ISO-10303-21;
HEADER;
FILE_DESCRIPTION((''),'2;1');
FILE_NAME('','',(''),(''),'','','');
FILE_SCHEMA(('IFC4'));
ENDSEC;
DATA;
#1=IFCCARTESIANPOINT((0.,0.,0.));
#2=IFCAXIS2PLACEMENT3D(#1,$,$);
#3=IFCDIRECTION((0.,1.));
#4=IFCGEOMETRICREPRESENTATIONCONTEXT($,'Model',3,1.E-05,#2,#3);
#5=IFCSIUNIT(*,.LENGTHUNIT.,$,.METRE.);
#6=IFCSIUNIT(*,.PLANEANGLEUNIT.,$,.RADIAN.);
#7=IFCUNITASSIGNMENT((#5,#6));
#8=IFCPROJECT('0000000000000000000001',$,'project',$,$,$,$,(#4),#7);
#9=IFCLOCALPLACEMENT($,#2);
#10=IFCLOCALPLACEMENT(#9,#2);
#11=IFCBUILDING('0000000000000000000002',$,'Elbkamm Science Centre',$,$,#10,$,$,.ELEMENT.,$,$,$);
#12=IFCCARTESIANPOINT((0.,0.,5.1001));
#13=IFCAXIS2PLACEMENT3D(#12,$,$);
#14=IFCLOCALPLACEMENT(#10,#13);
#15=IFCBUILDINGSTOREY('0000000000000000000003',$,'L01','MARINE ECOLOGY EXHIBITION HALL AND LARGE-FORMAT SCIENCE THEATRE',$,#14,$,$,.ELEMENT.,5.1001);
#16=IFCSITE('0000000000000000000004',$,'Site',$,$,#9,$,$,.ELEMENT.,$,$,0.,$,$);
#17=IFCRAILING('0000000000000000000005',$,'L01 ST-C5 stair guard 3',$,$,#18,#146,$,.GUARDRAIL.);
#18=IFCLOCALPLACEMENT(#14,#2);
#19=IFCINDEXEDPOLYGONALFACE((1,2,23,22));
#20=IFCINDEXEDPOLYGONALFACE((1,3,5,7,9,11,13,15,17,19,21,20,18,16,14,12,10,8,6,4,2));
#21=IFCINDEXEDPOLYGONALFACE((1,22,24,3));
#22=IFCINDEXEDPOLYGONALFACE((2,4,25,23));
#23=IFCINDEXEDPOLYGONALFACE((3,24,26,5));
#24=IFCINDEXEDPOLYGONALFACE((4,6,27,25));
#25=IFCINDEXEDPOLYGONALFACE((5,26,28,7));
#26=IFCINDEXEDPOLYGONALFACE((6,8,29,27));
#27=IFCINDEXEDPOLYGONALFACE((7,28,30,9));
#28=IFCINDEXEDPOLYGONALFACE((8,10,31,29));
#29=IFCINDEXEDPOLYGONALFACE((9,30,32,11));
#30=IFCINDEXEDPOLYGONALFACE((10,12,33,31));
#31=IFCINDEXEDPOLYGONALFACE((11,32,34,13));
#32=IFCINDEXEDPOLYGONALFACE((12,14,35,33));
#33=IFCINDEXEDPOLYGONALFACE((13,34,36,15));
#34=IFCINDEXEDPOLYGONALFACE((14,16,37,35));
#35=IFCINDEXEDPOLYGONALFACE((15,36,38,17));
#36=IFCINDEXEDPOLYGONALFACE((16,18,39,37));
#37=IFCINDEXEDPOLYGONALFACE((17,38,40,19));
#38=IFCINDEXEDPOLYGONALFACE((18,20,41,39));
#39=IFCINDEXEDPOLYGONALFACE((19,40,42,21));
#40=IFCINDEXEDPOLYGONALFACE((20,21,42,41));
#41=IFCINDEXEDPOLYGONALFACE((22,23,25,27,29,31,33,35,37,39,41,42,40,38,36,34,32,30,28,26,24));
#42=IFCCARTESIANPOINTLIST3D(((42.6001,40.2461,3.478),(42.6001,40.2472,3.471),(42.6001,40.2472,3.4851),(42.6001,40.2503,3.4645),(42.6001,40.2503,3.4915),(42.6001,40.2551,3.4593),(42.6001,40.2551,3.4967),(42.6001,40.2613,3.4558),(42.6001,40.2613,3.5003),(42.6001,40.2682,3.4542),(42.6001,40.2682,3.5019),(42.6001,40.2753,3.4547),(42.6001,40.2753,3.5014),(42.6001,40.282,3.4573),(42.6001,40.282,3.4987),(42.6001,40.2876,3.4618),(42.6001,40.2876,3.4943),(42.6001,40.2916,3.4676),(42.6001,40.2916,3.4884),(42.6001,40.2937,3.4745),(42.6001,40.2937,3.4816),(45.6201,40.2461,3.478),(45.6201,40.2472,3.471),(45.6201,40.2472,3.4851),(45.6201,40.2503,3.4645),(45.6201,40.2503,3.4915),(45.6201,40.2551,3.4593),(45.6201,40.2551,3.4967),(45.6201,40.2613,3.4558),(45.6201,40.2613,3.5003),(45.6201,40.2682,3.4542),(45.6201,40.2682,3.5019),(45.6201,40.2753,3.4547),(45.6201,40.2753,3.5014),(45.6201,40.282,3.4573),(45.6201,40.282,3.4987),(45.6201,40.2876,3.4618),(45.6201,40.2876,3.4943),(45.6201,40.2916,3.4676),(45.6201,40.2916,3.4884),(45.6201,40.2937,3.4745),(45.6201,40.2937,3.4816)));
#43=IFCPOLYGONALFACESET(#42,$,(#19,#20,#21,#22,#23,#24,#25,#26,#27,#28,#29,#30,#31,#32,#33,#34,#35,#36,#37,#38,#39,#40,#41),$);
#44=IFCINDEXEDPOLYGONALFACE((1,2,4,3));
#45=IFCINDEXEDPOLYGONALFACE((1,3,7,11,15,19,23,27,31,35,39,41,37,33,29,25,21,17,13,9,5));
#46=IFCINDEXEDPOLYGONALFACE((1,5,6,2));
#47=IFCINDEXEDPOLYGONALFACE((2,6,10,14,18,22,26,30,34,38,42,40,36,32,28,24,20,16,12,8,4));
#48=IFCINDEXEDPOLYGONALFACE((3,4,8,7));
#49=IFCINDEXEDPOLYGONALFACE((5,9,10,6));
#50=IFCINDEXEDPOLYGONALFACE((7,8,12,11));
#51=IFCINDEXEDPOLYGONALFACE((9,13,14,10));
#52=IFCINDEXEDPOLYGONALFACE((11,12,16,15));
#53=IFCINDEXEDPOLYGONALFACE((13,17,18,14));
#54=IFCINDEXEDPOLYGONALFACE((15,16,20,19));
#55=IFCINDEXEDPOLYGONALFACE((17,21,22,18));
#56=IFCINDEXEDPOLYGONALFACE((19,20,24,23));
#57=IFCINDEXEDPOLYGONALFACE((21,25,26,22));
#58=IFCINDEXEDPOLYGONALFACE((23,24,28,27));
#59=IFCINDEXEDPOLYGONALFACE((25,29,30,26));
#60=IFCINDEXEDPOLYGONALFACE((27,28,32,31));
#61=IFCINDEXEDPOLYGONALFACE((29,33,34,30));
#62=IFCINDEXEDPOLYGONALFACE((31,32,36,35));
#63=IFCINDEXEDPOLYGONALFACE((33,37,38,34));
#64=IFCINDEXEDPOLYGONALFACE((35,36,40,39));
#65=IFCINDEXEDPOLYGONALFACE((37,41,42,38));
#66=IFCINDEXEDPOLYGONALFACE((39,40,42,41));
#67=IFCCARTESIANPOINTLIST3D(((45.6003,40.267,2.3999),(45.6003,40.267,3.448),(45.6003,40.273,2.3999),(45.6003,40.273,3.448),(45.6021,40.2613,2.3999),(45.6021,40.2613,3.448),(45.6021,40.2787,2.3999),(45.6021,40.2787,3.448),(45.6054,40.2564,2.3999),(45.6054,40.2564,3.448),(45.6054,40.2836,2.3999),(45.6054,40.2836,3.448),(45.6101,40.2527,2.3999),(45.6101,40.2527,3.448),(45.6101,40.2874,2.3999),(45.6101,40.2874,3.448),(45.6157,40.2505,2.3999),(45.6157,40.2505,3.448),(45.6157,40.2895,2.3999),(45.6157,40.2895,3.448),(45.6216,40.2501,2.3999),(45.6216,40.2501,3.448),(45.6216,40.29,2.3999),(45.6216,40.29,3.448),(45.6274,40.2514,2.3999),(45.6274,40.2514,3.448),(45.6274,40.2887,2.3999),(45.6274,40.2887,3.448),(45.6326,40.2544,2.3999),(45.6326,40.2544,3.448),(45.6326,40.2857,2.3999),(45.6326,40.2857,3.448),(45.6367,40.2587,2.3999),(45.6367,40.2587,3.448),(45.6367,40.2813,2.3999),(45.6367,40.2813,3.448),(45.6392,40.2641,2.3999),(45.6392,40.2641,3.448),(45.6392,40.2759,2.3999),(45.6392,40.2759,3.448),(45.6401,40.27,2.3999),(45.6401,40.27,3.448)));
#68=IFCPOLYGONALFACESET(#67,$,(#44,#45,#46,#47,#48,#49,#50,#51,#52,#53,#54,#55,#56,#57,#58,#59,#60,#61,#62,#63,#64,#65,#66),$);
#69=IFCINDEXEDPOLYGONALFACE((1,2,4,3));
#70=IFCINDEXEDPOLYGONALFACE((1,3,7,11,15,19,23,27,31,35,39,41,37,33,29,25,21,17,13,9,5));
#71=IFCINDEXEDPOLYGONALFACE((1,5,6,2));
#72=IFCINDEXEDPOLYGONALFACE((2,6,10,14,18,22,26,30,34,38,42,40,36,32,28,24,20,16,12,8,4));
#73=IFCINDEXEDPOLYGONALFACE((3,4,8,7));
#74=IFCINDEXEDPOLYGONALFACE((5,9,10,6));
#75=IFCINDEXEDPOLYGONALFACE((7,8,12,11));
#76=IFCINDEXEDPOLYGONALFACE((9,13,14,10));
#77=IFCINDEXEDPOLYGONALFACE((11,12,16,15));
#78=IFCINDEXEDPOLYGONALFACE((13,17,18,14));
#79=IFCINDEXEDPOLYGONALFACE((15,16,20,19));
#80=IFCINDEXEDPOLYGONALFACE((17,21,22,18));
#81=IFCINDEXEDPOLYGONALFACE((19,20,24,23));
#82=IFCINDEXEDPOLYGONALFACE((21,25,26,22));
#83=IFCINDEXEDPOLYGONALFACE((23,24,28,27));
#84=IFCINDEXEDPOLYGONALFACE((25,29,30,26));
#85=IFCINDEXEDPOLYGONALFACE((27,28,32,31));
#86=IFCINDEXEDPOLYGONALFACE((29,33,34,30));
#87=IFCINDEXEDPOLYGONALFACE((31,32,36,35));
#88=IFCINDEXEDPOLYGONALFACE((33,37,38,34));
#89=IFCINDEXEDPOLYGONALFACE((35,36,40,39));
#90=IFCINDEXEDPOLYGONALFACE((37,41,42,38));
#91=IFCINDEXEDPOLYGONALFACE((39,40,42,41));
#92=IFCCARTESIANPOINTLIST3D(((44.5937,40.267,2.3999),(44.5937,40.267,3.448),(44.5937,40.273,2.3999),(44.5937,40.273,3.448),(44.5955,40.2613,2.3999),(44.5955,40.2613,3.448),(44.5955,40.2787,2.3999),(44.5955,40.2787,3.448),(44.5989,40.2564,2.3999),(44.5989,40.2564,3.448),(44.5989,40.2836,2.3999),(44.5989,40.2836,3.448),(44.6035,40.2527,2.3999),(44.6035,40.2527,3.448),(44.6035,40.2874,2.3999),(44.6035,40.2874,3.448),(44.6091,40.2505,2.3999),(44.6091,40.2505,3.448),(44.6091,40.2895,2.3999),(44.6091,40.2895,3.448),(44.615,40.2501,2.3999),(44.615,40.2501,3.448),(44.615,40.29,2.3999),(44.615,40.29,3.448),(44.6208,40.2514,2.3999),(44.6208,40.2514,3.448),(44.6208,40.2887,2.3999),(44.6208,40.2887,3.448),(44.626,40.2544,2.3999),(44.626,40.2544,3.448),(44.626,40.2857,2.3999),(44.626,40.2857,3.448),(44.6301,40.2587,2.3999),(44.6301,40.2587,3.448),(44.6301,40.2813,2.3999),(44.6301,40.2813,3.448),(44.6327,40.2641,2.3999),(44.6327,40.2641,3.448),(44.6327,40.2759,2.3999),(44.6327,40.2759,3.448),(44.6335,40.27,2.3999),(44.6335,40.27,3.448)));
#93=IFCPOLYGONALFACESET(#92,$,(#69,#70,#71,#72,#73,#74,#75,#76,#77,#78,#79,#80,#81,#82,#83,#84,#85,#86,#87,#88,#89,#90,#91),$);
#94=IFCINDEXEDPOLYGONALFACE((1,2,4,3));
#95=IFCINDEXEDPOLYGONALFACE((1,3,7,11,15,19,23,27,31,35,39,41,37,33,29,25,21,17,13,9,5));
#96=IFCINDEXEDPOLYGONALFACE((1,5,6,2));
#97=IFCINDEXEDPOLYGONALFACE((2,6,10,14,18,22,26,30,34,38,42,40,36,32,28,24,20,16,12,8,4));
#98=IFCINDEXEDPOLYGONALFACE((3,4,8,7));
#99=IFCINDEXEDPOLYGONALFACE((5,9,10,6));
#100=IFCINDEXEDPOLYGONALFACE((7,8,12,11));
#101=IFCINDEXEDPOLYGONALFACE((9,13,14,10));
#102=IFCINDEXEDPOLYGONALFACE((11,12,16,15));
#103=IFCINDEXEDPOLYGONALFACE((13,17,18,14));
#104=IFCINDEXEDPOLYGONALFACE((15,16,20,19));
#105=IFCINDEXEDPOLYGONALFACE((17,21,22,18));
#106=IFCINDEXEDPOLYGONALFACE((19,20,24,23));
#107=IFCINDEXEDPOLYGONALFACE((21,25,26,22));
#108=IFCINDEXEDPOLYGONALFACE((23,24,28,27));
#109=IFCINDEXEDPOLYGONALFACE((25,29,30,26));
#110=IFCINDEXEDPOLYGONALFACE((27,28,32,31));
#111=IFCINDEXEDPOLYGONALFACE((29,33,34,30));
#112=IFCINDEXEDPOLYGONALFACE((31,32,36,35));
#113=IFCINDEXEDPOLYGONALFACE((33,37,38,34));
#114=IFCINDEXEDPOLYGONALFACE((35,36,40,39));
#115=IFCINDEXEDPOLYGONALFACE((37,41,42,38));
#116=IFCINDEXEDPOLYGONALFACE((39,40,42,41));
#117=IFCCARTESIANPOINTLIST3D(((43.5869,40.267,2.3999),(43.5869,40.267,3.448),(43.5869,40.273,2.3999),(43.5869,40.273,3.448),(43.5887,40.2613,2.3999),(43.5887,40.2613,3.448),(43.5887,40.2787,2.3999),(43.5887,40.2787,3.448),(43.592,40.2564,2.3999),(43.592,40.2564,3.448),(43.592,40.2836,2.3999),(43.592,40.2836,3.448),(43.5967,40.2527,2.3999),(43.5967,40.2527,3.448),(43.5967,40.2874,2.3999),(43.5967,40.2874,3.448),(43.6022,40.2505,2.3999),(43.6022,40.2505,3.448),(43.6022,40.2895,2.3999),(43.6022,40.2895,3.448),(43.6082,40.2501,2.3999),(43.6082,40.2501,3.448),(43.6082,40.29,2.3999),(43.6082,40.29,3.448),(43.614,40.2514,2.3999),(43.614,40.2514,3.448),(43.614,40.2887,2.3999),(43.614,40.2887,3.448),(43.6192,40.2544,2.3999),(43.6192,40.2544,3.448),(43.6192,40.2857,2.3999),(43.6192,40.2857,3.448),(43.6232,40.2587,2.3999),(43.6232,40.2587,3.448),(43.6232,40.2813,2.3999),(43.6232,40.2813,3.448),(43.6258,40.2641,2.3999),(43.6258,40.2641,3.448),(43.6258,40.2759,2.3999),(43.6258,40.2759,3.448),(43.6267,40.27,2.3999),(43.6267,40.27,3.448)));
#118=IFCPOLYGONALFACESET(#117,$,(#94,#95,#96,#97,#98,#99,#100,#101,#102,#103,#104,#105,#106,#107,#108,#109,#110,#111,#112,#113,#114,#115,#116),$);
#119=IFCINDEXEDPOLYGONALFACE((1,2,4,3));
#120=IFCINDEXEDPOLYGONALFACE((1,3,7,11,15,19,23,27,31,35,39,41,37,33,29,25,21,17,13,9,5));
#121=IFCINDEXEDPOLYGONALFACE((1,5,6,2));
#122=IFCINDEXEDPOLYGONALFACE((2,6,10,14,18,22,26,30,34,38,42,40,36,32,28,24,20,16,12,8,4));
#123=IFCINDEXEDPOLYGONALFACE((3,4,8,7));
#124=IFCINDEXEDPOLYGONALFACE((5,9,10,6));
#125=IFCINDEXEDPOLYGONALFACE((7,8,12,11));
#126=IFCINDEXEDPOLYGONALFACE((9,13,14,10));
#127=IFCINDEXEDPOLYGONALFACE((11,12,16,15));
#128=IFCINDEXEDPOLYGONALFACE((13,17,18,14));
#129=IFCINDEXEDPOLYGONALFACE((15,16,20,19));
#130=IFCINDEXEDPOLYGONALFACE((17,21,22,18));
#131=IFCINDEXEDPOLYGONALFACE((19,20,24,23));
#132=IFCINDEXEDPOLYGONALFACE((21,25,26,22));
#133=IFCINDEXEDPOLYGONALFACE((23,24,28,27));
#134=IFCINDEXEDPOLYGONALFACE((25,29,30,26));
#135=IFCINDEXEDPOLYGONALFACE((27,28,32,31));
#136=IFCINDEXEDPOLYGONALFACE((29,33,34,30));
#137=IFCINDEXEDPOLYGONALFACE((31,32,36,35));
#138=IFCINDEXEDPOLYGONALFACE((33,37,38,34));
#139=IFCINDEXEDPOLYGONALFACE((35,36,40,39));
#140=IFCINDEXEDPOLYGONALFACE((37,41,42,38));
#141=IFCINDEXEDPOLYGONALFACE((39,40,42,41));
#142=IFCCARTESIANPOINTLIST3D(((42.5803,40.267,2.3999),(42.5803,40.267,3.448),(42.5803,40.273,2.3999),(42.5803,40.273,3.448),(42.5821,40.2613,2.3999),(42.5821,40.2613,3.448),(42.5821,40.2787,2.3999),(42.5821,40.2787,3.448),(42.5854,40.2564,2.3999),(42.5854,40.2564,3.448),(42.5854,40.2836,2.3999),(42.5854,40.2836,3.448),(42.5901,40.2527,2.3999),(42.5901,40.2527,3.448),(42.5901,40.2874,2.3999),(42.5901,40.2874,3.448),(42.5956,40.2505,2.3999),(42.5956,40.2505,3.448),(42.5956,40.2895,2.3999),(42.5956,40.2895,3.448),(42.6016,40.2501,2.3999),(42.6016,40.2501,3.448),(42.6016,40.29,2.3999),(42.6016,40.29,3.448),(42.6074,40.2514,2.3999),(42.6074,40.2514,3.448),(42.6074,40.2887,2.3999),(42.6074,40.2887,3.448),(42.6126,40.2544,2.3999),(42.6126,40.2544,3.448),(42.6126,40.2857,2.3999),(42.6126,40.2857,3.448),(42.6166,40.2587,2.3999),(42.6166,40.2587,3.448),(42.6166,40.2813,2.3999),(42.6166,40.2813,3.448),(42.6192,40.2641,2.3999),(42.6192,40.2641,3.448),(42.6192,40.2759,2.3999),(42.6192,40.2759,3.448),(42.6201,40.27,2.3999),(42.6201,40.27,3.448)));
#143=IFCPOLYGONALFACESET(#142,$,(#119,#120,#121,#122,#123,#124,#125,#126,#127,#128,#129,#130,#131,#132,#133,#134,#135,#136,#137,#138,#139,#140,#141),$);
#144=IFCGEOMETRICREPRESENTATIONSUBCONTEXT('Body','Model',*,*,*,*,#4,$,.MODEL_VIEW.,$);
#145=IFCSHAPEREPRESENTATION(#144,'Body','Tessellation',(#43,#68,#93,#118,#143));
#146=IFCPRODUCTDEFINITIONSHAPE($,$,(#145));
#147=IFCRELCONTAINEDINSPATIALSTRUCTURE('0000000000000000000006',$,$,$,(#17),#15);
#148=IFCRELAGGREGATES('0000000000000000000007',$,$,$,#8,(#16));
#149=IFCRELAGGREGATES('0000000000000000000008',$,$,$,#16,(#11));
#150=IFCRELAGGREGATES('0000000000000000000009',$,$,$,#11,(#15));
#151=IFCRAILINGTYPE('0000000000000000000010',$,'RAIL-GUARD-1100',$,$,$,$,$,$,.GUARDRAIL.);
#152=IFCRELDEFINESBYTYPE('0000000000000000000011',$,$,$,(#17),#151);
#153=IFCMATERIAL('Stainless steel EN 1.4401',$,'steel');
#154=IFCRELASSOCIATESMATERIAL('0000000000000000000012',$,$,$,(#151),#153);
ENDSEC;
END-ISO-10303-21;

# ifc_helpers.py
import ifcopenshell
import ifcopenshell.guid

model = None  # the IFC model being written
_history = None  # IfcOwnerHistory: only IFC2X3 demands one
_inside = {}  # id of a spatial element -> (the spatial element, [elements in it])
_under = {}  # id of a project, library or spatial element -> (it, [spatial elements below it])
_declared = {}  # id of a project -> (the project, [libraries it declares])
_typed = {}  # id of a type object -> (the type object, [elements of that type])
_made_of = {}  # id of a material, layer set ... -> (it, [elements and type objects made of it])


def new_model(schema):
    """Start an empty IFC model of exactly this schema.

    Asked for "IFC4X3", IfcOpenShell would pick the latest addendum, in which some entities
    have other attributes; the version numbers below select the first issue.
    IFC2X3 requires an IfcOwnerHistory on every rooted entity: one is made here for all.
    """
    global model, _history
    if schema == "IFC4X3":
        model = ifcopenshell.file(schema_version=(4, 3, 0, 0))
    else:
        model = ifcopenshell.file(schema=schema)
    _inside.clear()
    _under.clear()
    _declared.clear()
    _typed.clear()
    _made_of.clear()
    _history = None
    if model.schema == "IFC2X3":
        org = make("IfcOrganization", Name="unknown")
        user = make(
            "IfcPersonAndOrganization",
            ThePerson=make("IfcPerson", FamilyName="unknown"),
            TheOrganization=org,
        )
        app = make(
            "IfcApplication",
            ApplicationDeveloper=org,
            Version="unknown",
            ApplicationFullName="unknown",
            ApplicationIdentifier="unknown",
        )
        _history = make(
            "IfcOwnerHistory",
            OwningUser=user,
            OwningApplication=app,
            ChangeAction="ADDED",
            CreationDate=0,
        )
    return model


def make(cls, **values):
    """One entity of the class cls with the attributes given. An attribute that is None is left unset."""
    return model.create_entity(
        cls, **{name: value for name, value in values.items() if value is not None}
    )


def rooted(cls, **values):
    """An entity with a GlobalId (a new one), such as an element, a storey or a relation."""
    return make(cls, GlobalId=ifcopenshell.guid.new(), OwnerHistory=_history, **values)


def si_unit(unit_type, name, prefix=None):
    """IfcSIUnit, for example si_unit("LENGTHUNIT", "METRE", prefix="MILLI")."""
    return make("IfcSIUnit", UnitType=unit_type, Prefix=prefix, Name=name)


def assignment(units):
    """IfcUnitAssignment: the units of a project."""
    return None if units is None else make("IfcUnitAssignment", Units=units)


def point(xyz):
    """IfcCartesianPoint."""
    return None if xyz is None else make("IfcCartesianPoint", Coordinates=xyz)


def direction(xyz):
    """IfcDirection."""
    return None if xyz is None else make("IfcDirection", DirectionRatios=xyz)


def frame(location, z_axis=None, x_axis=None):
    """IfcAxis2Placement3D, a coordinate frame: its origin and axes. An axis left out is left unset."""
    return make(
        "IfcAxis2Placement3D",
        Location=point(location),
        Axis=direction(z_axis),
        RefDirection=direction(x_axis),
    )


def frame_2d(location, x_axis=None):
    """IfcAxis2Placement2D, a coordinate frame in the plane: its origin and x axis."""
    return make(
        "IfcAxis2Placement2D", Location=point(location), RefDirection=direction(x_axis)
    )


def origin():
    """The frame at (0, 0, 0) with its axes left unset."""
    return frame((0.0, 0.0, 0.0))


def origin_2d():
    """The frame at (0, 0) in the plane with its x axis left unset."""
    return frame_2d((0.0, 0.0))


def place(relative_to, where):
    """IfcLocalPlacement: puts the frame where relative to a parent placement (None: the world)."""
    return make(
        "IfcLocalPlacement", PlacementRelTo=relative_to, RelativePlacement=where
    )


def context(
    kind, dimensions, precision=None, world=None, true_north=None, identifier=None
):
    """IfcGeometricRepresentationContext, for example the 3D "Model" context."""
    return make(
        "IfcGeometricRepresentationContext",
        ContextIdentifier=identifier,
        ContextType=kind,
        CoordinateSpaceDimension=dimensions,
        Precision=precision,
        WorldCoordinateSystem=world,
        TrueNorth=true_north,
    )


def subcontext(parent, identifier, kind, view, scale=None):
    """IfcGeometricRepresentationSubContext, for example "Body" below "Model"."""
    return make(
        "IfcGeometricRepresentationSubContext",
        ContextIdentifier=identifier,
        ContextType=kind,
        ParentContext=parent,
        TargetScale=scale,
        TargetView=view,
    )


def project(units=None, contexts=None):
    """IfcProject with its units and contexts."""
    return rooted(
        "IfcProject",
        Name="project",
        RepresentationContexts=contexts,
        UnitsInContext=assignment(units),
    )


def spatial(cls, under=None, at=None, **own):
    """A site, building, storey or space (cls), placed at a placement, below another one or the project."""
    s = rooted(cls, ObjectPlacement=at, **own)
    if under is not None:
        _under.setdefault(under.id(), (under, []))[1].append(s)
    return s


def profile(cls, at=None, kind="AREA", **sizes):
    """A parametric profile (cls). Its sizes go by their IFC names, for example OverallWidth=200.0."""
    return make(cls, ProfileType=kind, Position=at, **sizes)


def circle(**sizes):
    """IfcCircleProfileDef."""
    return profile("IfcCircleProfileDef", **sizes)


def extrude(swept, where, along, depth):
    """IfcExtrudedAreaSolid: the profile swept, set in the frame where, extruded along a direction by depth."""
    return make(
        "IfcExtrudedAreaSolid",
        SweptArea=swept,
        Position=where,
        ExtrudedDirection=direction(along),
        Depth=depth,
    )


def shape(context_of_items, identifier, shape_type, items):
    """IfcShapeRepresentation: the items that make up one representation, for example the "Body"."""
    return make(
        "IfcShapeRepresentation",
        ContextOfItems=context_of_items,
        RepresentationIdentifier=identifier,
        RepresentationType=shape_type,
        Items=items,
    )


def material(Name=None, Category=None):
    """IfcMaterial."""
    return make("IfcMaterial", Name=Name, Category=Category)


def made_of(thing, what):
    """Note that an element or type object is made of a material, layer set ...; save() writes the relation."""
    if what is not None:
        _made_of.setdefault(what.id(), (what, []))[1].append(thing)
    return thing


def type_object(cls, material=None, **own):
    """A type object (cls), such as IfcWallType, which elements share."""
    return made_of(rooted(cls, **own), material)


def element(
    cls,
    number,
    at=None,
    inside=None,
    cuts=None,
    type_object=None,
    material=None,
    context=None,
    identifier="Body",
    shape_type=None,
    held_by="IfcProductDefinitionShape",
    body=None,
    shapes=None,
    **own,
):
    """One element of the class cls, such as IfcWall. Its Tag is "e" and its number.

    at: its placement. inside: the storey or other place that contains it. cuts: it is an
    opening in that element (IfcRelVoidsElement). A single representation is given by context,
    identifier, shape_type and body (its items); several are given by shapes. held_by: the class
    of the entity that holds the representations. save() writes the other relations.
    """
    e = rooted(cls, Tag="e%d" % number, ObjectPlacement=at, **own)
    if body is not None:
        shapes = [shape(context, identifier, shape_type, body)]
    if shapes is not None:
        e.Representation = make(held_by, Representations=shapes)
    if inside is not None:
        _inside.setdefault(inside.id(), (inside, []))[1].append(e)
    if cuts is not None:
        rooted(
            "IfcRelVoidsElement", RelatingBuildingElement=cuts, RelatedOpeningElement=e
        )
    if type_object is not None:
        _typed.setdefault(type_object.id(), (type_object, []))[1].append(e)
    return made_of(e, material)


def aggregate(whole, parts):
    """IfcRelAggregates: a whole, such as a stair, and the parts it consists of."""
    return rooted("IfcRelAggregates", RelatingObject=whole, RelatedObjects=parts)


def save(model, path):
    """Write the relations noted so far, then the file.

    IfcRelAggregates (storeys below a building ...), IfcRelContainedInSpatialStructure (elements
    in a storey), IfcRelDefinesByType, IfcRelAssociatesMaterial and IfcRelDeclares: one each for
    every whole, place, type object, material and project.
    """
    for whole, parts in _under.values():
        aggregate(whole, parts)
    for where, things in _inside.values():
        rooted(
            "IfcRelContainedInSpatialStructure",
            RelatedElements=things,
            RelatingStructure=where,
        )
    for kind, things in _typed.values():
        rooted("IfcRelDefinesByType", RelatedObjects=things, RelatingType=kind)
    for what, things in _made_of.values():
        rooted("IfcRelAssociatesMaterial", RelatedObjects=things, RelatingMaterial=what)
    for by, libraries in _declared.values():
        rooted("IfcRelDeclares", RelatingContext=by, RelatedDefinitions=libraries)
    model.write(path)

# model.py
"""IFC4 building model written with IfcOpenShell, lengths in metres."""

from ifc_helpers import new_model, si_unit, direction, frame, origin, origin_2d, place, context, subcontext, project, spatial, circle, extrude, material, type_object, element, save


model = new_model("IFC4")

# Units and contexts
model_context = context("Model", 3, precision=1e-05, world=origin(), true_north=direction((0.0, 1.0)))
body_context = subcontext(model_context, "Body", "Model", "MODEL_VIEW")
ifc_project = project(units=[si_unit("LENGTHUNIT", "METRE"), si_unit("PLANEANGLEUNIT", "RADIAN")], contexts=[model_context])

# Site, building, storey
site_placement = place(None, origin())
site = spatial("IfcSite", under=ifc_project, at=site_placement, Name="Site", CompositionType="ELEMENT", RefElevation=0.0)
building_placement = place(site_placement, origin())
building = spatial("IfcBuilding", under=site, at=building_placement, Name="Elbkamm Science Centre", CompositionType="ELEMENT")
storey_placement = place(building_placement, frame((0.0, 0.0, 5.1001)))
storey = spatial("IfcBuildingStorey", under=building, at=storey_placement, Name="L01", Description="MARINE ECOLOGY EXHIBITION HALL AND LARGE-FORMAT SCIENCE THEATRE", CompositionType="ELEMENT", Elevation=5.1001)

# Railing
ifc_material_1 = material(Name="Stainless steel EN 1.4401", Category="steel")
railing_type_1 = type_object("IfcRailingType", Name="RAIL-GUARD-1100", PredefinedType="GUARDRAIL", material=ifc_material_1)
for number, where, name in (
    (1, (45.6201, 40.27, 2.3999), "L01 ST-C5 stair guard 3"),
):
    element("IfcRailing", number, at=place(storey_placement, frame(where)), inside=storey, type_object=railing_type_1, Name=name, PredefinedType="GUARDRAIL", context=body_context, shape_type="SweptSolid", body=[
        extrude(circle(Radius=0.0239, at=origin_2d()), frame((0.0, 0.0, 1.0781), z_axis=(-1.0, 0.0, 0.0), x_axis=(0.0, -1.0, 0.0)), (0.0, 0.0, 1.0), 3.02),
        extrude(circle(Radius=0.02, at=origin_2d()), origin(), (0.0, 0.0, 1.0), 1.0481),
        extrude(circle(Radius=0.02, at=origin_2d()), frame((-1.0066, 0.0, 0.0)), (0.0, 0.0, 1.0), 1.0481),
        extrude(circle(Radius=0.02, at=origin_2d()), frame((-2.0134, 0.0, 0.0)), (0.0, 0.0, 1.0), 1.0481),
        extrude(circle(Radius=0.02, at=origin_2d()), frame((-3.02, 0.0, 0.0)), (0.0, 0.0, 1.0), 1.0481),
    ])

save(model, "model.ifc")
